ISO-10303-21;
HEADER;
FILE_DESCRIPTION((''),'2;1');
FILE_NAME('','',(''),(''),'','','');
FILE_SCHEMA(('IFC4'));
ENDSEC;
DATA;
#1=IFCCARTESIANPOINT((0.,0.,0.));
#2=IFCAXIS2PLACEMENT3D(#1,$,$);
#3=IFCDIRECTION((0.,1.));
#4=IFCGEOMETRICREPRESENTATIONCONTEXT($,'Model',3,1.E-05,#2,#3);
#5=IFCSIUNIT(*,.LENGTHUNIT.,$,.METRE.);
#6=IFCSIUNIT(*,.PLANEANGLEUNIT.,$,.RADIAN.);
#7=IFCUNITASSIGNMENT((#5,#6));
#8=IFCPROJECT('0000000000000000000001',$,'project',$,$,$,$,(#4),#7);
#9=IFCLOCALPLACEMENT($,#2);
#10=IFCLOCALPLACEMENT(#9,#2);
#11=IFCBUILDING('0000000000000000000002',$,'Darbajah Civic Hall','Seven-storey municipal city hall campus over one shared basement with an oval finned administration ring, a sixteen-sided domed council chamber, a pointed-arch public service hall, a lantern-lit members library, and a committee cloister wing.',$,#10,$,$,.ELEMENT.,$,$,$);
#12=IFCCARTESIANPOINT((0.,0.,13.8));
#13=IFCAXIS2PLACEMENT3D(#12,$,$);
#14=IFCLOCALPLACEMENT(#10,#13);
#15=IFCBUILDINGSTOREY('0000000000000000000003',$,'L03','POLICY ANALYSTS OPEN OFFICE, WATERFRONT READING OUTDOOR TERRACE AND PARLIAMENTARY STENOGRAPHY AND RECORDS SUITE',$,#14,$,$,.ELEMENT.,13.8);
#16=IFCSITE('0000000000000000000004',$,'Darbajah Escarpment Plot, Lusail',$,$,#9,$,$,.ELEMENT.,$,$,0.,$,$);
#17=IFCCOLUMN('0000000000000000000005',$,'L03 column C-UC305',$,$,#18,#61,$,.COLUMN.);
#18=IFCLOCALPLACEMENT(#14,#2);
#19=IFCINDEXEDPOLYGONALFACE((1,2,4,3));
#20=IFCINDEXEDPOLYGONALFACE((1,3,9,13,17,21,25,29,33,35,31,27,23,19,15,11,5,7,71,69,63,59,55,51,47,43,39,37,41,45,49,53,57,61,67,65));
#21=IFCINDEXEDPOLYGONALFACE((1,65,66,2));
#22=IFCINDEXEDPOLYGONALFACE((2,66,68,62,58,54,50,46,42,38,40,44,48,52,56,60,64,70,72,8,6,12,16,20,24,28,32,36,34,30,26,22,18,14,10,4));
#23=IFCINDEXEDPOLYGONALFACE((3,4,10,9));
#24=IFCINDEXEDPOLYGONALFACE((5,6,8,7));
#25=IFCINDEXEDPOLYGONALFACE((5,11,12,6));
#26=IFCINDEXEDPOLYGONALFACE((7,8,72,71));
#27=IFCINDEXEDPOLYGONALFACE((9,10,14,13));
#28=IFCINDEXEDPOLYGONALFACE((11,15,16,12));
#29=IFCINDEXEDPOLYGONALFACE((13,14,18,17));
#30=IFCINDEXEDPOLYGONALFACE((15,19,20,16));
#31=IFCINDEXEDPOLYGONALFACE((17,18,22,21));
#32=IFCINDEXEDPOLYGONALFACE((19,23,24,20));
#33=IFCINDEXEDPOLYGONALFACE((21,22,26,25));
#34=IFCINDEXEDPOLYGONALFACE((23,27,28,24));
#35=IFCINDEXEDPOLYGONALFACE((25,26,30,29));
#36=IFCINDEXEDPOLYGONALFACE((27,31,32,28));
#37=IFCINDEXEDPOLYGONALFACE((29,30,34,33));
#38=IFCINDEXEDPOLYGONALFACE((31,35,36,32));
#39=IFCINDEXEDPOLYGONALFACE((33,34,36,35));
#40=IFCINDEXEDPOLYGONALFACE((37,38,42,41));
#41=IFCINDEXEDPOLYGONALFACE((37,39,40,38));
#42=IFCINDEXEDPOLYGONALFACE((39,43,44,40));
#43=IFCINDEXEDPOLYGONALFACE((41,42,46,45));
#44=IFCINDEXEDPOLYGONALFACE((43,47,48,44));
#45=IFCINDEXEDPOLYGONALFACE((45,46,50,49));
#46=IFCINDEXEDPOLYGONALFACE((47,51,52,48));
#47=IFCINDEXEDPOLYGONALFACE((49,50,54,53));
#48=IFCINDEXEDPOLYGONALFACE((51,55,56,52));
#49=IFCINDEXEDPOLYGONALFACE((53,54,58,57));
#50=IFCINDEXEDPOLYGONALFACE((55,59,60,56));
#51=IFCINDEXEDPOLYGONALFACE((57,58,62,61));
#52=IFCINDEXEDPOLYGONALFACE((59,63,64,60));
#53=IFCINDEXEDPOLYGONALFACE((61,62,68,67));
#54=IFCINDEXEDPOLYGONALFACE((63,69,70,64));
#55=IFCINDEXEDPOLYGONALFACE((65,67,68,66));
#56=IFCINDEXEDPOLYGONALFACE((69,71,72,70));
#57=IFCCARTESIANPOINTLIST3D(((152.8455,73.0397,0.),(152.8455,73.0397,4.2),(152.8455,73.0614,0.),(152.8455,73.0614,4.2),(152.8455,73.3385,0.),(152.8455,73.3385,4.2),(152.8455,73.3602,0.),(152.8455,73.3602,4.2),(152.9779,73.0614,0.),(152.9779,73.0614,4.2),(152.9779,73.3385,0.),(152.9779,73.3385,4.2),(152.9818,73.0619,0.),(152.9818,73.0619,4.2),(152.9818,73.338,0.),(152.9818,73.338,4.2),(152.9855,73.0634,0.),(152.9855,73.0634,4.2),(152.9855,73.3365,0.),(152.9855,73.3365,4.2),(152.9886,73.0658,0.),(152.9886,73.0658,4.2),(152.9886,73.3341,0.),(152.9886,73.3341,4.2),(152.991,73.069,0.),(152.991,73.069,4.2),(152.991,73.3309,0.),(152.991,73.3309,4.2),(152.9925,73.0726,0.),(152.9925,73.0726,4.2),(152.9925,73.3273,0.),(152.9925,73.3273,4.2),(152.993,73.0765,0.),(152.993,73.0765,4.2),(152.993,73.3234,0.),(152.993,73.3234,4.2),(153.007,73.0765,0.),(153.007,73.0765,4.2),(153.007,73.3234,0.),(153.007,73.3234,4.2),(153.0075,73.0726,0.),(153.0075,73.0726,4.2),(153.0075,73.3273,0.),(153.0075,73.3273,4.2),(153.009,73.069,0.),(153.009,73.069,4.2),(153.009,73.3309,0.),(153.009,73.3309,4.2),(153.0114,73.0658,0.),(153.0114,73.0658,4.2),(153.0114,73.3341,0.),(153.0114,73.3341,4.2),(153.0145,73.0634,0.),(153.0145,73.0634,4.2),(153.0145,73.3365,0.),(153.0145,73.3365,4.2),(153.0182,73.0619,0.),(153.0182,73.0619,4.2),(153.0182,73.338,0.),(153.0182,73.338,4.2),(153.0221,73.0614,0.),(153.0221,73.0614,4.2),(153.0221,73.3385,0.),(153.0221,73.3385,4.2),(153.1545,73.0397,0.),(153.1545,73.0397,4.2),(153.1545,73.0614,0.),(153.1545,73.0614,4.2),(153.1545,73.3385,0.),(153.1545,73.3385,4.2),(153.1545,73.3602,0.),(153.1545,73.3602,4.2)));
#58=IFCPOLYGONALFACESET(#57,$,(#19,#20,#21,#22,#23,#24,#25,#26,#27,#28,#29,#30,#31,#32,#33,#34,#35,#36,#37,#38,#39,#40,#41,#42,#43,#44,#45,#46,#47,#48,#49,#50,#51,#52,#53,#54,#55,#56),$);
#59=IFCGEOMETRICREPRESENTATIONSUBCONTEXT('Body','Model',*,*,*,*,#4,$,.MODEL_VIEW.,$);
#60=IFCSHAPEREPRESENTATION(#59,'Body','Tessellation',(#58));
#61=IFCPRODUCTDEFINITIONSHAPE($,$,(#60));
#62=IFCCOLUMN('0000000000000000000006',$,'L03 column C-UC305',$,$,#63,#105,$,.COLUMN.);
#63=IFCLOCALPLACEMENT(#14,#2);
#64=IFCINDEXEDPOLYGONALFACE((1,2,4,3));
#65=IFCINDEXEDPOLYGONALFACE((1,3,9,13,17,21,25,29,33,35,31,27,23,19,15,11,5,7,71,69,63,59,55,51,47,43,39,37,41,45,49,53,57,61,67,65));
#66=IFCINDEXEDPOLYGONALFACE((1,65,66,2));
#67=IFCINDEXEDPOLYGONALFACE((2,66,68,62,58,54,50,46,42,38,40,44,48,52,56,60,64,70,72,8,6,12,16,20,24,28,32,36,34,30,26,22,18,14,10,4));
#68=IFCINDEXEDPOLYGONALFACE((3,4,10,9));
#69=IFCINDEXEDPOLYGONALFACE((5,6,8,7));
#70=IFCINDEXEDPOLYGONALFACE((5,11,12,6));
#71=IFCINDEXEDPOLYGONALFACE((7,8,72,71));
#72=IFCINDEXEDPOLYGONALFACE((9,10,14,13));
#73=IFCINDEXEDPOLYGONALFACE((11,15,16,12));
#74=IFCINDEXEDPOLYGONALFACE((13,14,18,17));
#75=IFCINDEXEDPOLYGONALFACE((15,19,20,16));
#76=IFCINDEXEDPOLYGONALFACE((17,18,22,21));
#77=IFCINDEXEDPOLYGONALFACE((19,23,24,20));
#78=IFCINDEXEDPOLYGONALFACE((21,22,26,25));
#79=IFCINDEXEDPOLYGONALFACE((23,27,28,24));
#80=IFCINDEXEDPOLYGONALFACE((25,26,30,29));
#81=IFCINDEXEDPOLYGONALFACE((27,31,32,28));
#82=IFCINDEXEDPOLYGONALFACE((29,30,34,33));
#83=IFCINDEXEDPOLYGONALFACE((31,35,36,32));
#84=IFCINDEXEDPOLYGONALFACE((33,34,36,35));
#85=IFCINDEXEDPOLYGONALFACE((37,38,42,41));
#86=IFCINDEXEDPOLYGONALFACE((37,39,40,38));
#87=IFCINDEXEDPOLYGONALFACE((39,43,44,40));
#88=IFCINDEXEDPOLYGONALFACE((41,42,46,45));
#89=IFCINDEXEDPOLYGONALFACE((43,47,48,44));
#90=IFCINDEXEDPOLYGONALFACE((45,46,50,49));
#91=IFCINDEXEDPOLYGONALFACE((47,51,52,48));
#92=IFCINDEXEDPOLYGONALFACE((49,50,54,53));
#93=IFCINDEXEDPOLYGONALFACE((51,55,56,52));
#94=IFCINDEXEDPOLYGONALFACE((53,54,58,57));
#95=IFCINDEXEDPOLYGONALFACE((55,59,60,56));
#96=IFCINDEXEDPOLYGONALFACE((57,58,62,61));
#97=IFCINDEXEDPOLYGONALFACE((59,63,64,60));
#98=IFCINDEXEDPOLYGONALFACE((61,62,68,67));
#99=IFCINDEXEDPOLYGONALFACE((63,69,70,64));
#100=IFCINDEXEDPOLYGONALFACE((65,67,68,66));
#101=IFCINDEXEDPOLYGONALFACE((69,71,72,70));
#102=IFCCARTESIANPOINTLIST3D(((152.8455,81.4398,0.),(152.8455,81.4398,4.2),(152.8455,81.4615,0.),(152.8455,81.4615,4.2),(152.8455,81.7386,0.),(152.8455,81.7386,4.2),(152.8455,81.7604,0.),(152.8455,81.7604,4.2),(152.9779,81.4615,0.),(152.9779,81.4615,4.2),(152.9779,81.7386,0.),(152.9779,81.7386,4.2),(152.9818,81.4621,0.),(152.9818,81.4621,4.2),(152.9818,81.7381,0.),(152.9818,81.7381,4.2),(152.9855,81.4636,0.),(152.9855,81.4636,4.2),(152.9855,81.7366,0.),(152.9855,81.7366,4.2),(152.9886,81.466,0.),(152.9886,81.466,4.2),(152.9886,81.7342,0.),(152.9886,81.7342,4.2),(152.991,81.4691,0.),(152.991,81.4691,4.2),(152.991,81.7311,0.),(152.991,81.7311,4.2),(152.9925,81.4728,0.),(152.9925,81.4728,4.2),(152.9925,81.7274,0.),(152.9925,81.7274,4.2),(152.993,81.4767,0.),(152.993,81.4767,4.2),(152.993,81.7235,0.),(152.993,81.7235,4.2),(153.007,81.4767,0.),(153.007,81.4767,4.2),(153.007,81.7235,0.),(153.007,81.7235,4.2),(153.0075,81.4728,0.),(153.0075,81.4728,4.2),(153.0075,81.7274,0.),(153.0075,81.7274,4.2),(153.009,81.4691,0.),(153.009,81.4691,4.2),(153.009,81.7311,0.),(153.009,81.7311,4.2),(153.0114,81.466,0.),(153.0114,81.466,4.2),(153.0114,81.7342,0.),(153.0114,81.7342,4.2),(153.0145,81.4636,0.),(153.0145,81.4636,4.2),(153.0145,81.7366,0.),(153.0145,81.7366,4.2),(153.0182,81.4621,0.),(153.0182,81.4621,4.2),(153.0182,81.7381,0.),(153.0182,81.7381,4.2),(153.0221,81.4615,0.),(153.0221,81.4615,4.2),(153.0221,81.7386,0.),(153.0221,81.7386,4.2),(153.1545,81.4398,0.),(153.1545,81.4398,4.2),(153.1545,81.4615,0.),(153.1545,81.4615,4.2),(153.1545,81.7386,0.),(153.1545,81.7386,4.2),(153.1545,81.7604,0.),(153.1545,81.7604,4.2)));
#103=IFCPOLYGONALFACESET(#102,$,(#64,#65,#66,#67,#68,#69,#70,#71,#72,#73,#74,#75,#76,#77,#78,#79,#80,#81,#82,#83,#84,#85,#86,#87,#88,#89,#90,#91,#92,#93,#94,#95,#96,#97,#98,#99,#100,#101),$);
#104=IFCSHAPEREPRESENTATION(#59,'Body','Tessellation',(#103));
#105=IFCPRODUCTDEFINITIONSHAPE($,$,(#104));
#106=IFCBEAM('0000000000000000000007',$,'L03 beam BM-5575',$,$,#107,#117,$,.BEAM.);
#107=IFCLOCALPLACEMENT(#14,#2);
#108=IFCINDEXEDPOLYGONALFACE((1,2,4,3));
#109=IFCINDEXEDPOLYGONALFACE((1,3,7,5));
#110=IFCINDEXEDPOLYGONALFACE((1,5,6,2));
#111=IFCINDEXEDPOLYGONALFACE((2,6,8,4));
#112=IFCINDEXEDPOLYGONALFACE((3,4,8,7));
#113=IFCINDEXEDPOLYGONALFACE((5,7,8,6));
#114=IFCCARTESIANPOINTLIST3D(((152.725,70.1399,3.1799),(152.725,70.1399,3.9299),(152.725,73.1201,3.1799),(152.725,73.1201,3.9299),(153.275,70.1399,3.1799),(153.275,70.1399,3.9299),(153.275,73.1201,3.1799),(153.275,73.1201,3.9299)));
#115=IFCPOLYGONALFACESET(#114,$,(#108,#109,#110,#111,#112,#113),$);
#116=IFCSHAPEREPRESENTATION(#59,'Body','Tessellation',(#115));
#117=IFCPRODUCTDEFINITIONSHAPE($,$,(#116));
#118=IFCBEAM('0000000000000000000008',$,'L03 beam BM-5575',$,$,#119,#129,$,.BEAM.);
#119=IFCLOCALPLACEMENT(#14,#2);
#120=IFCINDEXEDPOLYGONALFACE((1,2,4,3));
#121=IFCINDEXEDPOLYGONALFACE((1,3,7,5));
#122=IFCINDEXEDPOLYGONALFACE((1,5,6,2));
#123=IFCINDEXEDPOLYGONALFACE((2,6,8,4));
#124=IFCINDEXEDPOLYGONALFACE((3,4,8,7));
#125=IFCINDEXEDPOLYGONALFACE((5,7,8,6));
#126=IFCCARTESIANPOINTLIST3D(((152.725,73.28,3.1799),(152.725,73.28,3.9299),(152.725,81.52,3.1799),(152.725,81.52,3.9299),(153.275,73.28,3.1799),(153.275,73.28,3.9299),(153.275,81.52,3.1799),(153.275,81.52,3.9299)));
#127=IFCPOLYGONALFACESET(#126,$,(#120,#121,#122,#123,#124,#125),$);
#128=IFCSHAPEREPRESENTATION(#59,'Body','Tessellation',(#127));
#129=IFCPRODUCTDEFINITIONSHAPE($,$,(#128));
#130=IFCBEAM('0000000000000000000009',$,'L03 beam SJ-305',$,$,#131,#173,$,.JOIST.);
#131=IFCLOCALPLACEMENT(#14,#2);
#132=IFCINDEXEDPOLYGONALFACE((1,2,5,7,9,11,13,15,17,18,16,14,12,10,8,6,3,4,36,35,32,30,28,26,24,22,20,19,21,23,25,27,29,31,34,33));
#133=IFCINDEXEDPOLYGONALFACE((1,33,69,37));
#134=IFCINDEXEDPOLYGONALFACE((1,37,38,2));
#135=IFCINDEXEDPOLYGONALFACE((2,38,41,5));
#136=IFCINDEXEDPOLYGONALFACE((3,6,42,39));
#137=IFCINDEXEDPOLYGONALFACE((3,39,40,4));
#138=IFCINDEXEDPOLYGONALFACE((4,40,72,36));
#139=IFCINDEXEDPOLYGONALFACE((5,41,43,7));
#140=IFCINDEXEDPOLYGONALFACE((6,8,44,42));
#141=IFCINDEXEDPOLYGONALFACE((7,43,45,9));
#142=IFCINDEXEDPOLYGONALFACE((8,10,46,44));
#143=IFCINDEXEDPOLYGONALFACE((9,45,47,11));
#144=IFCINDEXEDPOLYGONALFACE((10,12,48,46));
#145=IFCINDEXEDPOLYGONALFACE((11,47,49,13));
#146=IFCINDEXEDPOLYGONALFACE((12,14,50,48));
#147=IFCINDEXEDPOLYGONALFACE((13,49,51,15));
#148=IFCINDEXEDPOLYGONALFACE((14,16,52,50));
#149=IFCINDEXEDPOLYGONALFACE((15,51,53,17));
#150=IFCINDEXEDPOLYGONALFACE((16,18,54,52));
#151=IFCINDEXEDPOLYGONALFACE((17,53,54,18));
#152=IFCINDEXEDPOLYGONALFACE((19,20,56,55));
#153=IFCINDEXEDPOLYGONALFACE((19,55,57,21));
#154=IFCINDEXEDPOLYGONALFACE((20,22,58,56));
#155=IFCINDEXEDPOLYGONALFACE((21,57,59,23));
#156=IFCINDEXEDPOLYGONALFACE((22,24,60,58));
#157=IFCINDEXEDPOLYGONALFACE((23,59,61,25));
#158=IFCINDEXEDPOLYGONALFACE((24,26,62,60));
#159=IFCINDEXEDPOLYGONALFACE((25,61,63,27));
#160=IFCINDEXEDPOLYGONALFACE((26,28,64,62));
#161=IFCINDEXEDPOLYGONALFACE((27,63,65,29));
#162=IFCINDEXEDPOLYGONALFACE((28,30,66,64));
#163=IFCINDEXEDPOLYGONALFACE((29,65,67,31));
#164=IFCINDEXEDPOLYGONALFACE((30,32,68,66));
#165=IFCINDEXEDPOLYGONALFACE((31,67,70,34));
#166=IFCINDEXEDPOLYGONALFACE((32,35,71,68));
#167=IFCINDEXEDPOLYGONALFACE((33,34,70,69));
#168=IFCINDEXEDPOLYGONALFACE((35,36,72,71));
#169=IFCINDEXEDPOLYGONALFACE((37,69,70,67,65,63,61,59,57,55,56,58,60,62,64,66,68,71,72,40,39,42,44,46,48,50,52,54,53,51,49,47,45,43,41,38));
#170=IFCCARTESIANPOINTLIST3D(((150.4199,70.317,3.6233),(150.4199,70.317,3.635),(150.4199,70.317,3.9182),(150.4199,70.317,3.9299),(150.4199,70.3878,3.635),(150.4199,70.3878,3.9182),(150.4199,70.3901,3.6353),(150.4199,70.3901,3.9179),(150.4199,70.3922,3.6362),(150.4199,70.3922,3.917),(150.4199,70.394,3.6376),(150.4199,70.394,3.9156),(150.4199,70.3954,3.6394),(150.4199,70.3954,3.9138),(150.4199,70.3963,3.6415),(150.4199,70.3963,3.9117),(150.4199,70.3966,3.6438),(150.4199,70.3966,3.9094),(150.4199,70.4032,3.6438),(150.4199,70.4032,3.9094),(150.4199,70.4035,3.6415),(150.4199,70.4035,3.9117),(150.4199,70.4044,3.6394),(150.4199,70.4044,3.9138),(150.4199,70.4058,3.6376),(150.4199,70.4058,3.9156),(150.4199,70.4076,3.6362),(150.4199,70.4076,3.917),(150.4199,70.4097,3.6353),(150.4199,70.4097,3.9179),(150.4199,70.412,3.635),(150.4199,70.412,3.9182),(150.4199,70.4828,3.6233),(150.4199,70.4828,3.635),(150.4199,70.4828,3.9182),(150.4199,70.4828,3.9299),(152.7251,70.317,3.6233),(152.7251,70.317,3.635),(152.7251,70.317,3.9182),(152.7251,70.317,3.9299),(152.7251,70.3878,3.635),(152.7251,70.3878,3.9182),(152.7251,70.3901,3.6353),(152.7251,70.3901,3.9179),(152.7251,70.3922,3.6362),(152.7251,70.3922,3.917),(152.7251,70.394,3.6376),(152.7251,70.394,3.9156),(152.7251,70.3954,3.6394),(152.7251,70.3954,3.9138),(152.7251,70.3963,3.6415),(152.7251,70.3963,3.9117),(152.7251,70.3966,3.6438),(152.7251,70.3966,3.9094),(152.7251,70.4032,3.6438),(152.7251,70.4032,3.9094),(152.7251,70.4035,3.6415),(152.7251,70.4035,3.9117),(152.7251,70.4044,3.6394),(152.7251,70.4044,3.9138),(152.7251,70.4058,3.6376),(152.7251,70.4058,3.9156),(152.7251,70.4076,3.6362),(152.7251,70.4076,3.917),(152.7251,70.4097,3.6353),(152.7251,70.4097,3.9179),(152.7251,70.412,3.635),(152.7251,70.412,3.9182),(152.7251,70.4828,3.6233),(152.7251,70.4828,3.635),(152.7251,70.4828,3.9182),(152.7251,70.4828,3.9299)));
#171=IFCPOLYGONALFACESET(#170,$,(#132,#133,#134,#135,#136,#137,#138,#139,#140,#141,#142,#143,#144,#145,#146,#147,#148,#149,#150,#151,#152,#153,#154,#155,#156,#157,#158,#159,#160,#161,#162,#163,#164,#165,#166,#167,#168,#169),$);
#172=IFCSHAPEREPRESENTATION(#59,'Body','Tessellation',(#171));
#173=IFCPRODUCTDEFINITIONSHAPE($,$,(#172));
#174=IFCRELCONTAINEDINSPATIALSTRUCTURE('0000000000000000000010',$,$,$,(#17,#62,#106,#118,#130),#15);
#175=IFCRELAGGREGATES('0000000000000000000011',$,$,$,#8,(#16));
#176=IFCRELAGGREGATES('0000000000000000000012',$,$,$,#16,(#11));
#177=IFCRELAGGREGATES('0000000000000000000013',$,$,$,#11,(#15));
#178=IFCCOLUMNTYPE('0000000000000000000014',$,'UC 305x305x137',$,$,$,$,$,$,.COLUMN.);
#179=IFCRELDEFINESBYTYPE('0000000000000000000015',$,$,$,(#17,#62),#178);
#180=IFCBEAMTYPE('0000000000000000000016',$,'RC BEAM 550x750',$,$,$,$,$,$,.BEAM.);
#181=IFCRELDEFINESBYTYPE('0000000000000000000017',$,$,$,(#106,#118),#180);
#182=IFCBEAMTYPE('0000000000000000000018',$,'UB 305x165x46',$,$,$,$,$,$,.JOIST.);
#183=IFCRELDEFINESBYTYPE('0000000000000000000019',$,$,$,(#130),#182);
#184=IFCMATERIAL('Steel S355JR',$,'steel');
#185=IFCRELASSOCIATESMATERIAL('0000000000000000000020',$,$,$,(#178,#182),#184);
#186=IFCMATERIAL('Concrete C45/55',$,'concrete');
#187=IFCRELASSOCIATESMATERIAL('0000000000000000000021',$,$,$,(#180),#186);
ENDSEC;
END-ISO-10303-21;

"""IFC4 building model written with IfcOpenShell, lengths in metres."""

from ifc_helpers import new_model, si_unit, direction, frame, origin, origin_2d, place, context, subcontext, project, spatial, rectangle, i_section, extrude, material, material_profile, profile_set, type_object, element, save


model = new_model("IFC4")

# Units and contexts
model_context = context("Model", 3, precision=1e-05, world=origin(), true_north=direction((0.0, 1.0)))
body_context = subcontext(model_context, "Body", "Model", "MODEL_VIEW")
ifc_project = project(units=[si_unit("LENGTHUNIT", "METRE"), si_unit("PLANEANGLEUNIT", "RADIAN")], contexts=[model_context])

# Site, building, storey
site_placement = place(None, origin())
site = spatial("IfcSite", under=ifc_project, at=site_placement, Name="Darbajah Escarpment Plot, Lusail", CompositionType="ELEMENT", RefElevation=0.0)
building_placement = place(site_placement, origin())
building = spatial("IfcBuilding", under=site, at=building_placement, Name="Darbajah Civic Hall", Description="Seven-storey municipal city hall campus over one shared basement with an oval finned administration ring, a sixteen-sided domed council chamber, a pointed-arch public service hall, a lantern-lit members library, and a committee cloister wing.", CompositionType="ELEMENT")
storey_placement = place(building_placement, frame((0.0, 0.0, 13.8)))
storey = spatial("IfcBuildingStorey", under=building, at=storey_placement, Name="L03", Description="POLICY ANALYSTS OPEN OFFICE, WATERFRONT READING OUTDOOR TERRACE AND PARLIAMENTARY STENOGRAPHY AND RECORDS SUITE", CompositionType="ELEMENT", Elevation=13.8)

# Columns
ifc_material_1 = material(Name="Steel S355JR", Category="steel")
ifc_material_profile_1 = material_profile(ifc_material_1, i_section(OverallWidth=0.3091, OverallDepth=0.3206, WebThickness=0.0139, FlangeThickness=0.0217, FilletRadius=0.0151, at=origin_2d()), Name="UC 305x305x137")
ifc_profile_set_1 = profile_set([ifc_material_profile_1], Name="Steel S355JR")
column_type = type_object("IfcColumnType", Name="UC 305x305x137", PredefinedType="COLUMN", material=ifc_profile_set_1)
for number, where, z_axis, x_axis, name in (
    (1, (153.0, 73.2, 0.0), (0.0, 0.0, 1.0), (1.0, 0.0, 0.0), "L03 column C-UC305"),
    (2, (153.0, 81.6001, 0.0), (0.0, 0.0, 1.0), (1.0, 0.0, 0.0), "L03 column C-UC305"),
):
    element("IfcColumn", number, at=place(storey_placement, frame(where, z_axis=z_axis, x_axis=x_axis)), inside=storey, type_object=column_type, Name=name, PredefinedType="COLUMN", context=body_context, shape_type="SweptSolid", body=[
        extrude(i_section(OverallWidth=0.3091, OverallDepth=0.3206, WebThickness=0.0139, FlangeThickness=0.0217, FilletRadius=0.0151, at=origin_2d()), origin(), (0.0, 0.0, 1.0), 4.2),
    ])

# Beams
ifc_material_2 = material(Name="Concrete C45/55", Category="concrete")
ifc_material_profile_2 = material_profile(ifc_material_2, rectangle(XDim=0.55, YDim=0.75, at=origin_2d()), Name="RC BEAM 550x750")
ifc_profile_set_2 = profile_set([ifc_material_profile_2], Name="Concrete C45/55")
beam_type_1 = type_object("IfcBeamType", Name="RC BEAM 550x750", PredefinedType="BEAM", material=ifc_profile_set_2)
beam_1_placement = place(storey_placement, frame((153.0, 70.1399, 3.5549), z_axis=(0.0, 1.0, 0.0), x_axis=(-1.0, 0.0, 0.0)))
element("IfcBeam", 3, at=beam_1_placement, inside=storey, type_object=beam_type_1, Name="L03 beam BM-5575", PredefinedType="BEAM", context=body_context, shape_type="SweptSolid", body=[
    extrude(rectangle(XDim=0.55, YDim=0.75, at=origin_2d()), origin(), (0.0, 0.0, 1.0), 2.9802),
])
beam_2_placement = place(storey_placement, frame((153.0, 73.28, 3.5549), z_axis=(0.0, 1.0, 0.0), x_axis=(-1.0, 0.0, 0.0)))
element("IfcBeam", 4, at=beam_2_placement, inside=storey, type_object=beam_type_1, Name="L03 beam BM-5575", PredefinedType="BEAM", context=body_context, shape_type="SweptSolid", body=[
    extrude(rectangle(XDim=0.55, YDim=0.75, at=origin_2d()), origin(), (0.0, 0.0, 1.0), 8.24),
])
ifc_material_profile_3 = material_profile(ifc_material_1, i_section(OverallWidth=0.1658, OverallDepth=0.3066, WebThickness=0.0066, FlangeThickness=0.0117, FilletRadius=0.0088, at=origin_2d()), Name="UB 305x165x46")
ifc_profile_set_3 = profile_set([ifc_material_profile_3], Name="Steel S355JR")
beam_type_2 = type_object("IfcBeamType", Name="UB 305x165x46", PredefinedType="JOIST", material=ifc_profile_set_3)
beam_3_placement = place(storey_placement, frame((150.4199, 70.3999, 3.7766), z_axis=(1.0, 0.0, 0.0), x_axis=(0.0, 1.0, 0.0)))
element("IfcBeam", 5, at=beam_3_placement, inside=storey, type_object=beam_type_2, Name="L03 beam SJ-305", PredefinedType="JOIST", context=body_context, shape_type="SweptSolid", body=[
    extrude(i_section(OverallWidth=0.1658, OverallDepth=0.3066, WebThickness=0.0066, FlangeThickness=0.0117, FilletRadius=0.0088, at=origin_2d()), origin(), (0.0, 0.0, 1.0), 2.3052),
])

save(model, "model.ifc")
